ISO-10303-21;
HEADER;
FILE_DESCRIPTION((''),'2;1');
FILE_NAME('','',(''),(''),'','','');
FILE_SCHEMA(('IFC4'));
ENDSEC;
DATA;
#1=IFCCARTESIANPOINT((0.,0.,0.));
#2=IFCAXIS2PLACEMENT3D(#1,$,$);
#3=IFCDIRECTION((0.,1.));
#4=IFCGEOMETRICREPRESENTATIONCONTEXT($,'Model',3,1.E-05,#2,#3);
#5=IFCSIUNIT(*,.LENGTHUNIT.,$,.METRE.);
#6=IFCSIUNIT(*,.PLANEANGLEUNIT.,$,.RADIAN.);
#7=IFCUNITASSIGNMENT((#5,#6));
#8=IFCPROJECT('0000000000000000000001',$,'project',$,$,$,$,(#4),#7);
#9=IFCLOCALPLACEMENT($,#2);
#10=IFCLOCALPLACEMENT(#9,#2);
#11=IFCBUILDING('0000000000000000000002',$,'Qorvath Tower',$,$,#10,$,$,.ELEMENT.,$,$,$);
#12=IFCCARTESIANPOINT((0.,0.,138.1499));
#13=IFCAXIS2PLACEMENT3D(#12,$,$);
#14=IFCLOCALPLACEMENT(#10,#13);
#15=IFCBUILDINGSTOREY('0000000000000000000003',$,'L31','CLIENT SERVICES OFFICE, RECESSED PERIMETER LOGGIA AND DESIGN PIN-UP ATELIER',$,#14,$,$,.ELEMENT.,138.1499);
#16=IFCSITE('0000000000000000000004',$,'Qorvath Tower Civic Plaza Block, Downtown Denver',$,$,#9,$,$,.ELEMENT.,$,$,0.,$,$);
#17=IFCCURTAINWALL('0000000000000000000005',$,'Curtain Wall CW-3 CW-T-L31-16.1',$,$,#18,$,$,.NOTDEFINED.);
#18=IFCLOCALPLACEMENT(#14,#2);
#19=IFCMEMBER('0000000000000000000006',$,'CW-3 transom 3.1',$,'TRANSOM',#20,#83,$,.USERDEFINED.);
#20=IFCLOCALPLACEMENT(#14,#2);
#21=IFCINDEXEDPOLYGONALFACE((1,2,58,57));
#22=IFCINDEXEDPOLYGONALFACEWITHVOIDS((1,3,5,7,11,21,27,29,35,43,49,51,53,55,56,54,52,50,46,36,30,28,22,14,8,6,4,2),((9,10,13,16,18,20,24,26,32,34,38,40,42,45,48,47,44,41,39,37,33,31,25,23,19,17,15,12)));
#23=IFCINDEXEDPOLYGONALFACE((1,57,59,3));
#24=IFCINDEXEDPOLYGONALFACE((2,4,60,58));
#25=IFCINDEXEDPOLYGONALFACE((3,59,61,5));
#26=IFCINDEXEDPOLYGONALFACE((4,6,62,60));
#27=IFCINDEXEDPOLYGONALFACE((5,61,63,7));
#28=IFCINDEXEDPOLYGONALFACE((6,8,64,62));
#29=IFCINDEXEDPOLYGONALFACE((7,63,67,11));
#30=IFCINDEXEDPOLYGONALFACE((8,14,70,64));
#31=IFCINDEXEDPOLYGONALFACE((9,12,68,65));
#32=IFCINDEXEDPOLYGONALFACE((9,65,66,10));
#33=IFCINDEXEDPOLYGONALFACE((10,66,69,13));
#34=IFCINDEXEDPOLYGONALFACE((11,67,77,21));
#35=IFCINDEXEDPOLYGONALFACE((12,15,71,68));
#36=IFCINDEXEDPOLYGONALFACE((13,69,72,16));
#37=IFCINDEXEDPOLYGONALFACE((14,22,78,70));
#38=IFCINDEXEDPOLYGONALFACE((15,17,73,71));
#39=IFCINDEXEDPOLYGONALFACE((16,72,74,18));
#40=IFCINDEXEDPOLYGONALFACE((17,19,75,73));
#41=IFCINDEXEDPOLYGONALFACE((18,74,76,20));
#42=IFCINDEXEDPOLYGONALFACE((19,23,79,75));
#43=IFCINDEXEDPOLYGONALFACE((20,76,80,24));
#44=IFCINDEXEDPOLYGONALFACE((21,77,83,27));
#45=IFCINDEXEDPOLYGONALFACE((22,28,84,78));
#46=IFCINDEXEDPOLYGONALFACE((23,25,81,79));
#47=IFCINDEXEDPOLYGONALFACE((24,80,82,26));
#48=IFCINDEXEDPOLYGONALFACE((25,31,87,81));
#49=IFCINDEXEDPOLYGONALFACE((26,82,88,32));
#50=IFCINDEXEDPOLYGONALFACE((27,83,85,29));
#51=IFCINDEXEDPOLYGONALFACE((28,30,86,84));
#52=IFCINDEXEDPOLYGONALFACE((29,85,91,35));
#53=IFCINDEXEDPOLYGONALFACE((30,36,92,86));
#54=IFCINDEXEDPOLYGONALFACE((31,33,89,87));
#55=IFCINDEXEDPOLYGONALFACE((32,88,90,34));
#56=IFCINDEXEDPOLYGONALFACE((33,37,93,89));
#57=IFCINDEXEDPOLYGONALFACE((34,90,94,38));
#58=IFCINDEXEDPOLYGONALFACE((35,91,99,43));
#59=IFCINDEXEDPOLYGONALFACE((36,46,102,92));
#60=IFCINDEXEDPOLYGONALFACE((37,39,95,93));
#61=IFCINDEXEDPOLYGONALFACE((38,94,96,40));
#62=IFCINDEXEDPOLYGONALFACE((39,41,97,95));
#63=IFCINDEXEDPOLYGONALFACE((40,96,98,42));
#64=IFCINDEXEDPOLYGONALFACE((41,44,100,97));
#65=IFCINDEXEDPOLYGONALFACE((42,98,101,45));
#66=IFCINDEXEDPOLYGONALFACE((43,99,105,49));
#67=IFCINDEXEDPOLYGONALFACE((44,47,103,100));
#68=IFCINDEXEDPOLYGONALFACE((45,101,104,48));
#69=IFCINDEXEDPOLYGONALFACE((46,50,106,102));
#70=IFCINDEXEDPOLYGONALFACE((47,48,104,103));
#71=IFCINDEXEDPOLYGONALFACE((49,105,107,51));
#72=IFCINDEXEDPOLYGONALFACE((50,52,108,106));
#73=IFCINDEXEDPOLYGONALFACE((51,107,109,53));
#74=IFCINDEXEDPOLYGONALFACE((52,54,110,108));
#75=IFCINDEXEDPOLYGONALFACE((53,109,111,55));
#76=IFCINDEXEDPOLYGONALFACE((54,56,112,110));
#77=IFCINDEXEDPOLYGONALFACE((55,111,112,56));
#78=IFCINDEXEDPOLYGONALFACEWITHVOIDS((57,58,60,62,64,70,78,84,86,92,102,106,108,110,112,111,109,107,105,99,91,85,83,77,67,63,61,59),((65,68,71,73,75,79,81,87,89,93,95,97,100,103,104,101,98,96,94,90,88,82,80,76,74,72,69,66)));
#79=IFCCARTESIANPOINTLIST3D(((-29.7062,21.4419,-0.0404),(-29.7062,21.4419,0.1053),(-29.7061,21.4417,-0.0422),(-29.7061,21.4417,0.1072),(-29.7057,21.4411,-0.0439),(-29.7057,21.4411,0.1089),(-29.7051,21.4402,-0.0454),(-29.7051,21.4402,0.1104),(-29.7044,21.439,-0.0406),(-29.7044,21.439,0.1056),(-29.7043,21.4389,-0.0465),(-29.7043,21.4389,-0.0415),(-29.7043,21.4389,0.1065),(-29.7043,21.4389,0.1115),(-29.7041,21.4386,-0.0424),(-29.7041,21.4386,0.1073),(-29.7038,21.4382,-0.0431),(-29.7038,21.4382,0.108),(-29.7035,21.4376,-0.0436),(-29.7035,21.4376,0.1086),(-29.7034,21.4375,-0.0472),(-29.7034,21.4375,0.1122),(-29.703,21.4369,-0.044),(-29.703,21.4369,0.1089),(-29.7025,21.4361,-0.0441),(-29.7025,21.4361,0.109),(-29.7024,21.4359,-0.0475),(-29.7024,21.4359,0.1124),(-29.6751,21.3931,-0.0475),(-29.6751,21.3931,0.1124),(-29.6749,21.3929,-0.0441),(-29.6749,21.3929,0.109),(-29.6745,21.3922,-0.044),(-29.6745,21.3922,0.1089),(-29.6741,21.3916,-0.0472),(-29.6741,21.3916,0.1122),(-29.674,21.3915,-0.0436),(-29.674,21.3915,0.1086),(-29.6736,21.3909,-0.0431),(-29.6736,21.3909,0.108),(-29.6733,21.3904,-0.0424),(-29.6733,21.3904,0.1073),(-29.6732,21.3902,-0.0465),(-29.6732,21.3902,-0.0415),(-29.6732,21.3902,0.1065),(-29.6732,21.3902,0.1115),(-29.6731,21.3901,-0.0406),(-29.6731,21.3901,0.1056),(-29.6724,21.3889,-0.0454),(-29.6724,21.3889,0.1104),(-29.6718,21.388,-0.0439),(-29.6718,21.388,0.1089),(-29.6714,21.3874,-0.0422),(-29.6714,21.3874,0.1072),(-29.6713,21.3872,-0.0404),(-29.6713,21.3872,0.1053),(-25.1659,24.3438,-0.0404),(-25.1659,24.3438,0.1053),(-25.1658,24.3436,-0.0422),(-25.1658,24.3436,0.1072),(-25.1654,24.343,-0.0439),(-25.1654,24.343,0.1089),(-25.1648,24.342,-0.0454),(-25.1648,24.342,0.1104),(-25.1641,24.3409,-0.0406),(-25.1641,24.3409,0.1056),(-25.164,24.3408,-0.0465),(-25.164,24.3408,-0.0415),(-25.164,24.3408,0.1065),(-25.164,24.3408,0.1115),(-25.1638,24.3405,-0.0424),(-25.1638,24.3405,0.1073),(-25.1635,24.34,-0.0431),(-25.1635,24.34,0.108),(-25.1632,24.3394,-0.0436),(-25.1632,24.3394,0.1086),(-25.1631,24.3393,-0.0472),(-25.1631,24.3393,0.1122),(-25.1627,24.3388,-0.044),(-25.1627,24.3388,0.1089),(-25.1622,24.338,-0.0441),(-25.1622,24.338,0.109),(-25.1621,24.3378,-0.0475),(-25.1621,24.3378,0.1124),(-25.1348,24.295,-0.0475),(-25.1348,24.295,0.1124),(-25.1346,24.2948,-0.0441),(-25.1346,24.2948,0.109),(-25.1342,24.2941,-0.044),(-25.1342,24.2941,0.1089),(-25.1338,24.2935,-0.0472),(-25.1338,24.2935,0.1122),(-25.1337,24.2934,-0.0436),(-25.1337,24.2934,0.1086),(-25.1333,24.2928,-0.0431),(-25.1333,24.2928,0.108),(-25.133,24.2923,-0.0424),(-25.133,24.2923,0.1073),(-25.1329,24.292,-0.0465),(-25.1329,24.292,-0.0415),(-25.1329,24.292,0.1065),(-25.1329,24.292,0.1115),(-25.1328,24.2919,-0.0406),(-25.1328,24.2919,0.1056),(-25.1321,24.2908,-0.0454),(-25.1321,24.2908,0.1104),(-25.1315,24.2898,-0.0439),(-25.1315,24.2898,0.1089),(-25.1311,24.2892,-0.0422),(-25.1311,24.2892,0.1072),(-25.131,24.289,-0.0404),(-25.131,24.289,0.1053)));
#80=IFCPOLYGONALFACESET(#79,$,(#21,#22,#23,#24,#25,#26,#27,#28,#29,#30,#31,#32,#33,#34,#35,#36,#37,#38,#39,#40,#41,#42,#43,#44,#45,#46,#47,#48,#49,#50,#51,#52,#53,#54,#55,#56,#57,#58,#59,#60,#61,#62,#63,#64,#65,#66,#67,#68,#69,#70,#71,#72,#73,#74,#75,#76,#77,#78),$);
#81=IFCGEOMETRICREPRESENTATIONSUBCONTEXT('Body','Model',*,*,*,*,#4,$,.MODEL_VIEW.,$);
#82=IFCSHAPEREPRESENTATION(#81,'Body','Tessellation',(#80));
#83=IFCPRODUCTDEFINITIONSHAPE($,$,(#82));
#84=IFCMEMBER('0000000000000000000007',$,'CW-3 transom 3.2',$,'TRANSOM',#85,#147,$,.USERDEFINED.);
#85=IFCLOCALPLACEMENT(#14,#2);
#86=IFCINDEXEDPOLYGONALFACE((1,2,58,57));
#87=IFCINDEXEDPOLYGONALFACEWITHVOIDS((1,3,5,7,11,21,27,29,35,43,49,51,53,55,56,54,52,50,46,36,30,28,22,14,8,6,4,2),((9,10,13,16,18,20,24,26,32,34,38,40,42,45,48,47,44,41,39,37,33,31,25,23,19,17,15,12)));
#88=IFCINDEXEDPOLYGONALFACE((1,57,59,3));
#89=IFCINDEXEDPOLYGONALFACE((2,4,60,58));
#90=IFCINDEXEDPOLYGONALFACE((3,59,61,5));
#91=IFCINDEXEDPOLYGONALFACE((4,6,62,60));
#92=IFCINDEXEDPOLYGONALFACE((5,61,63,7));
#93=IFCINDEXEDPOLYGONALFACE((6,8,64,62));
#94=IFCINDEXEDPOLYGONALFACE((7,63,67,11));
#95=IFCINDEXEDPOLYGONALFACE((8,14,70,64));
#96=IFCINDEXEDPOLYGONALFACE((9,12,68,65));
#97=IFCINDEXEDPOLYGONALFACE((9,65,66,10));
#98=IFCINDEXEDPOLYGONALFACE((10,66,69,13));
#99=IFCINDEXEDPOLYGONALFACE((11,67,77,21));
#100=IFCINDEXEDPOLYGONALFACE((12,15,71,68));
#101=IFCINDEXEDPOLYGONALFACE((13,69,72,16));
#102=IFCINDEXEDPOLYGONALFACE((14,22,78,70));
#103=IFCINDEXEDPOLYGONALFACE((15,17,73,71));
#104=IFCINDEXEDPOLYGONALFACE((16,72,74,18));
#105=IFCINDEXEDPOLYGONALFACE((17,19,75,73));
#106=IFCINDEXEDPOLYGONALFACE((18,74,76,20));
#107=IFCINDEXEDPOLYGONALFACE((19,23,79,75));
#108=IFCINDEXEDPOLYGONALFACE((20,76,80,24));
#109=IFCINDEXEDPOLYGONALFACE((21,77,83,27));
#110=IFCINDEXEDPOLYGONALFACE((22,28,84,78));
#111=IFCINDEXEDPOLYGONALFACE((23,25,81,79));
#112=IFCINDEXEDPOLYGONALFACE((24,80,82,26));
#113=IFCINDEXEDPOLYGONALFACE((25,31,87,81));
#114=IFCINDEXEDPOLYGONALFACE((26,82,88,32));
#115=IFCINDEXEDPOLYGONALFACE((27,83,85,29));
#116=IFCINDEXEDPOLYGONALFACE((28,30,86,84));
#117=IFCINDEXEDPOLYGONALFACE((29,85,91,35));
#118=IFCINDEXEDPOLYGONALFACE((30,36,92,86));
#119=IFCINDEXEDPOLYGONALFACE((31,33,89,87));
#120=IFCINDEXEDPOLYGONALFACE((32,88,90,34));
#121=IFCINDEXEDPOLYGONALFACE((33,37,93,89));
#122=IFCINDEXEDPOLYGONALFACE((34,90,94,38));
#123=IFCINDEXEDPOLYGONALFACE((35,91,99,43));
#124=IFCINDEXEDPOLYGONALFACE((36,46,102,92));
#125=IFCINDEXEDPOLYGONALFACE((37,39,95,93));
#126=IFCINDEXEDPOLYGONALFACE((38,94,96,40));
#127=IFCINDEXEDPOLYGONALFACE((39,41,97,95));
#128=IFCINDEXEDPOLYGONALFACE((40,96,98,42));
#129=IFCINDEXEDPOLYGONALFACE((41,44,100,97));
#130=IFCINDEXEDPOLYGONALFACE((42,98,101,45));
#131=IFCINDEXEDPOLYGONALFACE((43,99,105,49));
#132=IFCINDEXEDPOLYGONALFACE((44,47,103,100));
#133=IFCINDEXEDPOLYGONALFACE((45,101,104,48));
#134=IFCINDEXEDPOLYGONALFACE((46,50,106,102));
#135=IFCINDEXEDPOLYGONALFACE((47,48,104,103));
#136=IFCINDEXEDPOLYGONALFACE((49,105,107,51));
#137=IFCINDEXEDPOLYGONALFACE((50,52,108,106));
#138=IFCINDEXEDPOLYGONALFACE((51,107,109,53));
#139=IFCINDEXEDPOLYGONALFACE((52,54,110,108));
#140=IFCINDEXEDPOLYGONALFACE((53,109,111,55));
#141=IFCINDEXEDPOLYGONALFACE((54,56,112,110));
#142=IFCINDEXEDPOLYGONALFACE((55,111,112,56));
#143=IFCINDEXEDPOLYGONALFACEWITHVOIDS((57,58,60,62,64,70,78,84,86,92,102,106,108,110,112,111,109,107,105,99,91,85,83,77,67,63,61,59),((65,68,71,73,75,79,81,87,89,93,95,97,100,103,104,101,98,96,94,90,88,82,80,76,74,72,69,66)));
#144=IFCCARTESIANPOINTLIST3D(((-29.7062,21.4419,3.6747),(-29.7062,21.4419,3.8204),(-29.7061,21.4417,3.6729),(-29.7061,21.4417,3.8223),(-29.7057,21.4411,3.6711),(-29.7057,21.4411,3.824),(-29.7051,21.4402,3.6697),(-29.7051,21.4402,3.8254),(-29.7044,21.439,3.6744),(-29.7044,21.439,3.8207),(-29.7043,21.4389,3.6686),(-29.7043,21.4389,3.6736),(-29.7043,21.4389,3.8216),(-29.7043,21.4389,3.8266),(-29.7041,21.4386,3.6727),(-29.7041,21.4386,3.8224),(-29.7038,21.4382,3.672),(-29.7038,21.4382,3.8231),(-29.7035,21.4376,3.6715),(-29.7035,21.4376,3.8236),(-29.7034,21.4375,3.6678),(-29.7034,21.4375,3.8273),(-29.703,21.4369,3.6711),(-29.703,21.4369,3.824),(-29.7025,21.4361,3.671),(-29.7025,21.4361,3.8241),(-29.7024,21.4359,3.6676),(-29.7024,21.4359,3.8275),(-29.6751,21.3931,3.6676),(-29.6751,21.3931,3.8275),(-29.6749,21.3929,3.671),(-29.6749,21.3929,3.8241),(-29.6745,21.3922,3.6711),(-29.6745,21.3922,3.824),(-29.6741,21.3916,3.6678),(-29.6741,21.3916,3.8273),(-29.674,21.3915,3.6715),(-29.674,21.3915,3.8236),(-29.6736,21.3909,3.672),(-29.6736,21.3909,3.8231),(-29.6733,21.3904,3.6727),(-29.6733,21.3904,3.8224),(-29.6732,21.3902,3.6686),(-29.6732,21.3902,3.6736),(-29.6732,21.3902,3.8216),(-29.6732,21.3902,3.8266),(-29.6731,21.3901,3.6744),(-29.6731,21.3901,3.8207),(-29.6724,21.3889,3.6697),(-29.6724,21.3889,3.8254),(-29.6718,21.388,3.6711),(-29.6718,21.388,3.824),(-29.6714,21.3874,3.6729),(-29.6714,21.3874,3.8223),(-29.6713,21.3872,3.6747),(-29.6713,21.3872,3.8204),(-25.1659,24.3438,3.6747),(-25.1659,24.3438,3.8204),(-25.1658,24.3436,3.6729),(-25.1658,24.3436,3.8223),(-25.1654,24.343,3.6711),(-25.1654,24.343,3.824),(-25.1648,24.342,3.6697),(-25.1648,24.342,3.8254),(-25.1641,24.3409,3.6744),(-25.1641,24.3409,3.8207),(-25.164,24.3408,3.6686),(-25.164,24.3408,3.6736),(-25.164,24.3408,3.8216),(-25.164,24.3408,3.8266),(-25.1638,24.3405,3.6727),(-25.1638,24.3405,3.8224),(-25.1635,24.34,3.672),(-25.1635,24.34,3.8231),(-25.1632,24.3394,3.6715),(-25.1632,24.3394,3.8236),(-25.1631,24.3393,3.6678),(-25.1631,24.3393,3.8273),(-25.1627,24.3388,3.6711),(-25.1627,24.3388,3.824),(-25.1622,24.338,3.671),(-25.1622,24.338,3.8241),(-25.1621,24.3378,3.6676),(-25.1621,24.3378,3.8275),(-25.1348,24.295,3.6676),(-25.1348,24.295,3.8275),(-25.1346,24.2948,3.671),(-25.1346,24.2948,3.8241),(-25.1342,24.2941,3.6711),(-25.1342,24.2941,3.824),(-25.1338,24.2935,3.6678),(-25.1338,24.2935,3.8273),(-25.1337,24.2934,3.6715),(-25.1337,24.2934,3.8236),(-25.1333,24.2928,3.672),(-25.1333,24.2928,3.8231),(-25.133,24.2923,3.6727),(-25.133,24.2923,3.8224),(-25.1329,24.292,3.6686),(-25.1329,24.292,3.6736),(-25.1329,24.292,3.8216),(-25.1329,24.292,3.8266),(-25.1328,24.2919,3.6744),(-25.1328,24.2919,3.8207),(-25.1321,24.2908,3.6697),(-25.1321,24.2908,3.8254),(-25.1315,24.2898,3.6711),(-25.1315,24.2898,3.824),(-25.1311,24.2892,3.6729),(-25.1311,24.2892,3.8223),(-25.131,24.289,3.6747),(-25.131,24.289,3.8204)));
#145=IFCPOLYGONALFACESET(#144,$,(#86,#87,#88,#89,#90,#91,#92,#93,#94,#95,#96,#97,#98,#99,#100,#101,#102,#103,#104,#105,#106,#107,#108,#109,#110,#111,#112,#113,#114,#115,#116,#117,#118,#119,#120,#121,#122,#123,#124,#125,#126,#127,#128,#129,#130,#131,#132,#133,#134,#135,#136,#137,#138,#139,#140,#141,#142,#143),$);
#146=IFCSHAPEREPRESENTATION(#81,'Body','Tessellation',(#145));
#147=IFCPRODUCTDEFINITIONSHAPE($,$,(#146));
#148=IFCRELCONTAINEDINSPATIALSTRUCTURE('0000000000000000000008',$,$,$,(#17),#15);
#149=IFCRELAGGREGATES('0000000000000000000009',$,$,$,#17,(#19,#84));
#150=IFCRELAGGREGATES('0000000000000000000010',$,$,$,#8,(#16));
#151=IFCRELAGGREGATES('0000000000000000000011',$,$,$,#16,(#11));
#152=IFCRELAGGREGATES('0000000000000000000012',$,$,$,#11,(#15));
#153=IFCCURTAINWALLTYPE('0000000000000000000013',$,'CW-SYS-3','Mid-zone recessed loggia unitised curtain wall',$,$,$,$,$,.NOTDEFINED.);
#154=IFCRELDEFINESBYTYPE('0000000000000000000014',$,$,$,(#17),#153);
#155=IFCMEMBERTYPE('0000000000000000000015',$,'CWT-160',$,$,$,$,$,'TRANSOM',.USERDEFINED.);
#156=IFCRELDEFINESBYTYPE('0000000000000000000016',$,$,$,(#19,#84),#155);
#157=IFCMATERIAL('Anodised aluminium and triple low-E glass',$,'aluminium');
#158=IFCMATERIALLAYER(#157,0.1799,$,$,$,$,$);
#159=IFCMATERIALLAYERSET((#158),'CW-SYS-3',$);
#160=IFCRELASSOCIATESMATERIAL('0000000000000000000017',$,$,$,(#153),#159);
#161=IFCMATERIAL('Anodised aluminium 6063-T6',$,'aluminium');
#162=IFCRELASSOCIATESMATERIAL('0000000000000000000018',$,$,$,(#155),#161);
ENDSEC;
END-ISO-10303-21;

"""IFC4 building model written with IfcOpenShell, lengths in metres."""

from ifc_helpers import new_model, si_unit, direction, frame, origin, origin_2d, place, context, subcontext, project, spatial, hollow_rectangle, extrude, material, layer, layer_set, material_profile, profile_set, type_object, element, aggregate, save


model = new_model("IFC4")

# Units and contexts
model_context = context("Model", 3, precision=1e-05, world=origin(), true_north=direction((0.0, 1.0)))
body_context = subcontext(model_context, "Body", "Model", "MODEL_VIEW")
ifc_project = project(units=[si_unit("LENGTHUNIT", "METRE"), si_unit("PLANEANGLEUNIT", "RADIAN")], contexts=[model_context])

# Site, building, storey
site_placement = place(None, origin())
site = spatial("IfcSite", under=ifc_project, at=site_placement, Name="Qorvath Tower Civic Plaza Block, Downtown Denver", CompositionType="ELEMENT", RefElevation=0.0)
building_placement = place(site_placement, origin())
building = spatial("IfcBuilding", under=site, at=building_placement, Name="Qorvath Tower", CompositionType="ELEMENT")
storey_placement = place(building_placement, frame((0.0, 0.0, 138.1499)))
storey = spatial("IfcBuildingStorey", under=building, at=storey_placement, Name="L31", Description="CLIENT SERVICES OFFICE, RECESSED PERIMETER LOGGIA AND DESIGN PIN-UP ATELIER", CompositionType="ELEMENT", Elevation=138.1499)

# Curtain wall, members
ifc_material_1 = material(Name="Anodised aluminium and triple low-E glass", Category="aluminium")
ifc_layer_1 = layer(ifc_material_1, 0.1799)
ifc_layer_set_1 = layer_set([ifc_layer_1], Name="CW-SYS-3")
curtain_wall_type = type_object("IfcCurtainWallType", Name="CW-SYS-3", Description="Mid-zone recessed loggia unitised curtain wall", PredefinedType="NOTDEFINED", material=ifc_layer_set_1)
curtain_wall_placement = place(storey_placement, origin())
curtain_wall = element("IfcCurtainWall", 1, at=curtain_wall_placement, inside=storey, type_object=curtain_wall_type, Name="Curtain Wall CW-3 CW-T-L31-16.1", PredefinedType="NOTDEFINED")
ifc_material_2 = material(Name="Anodised aluminium 6063-T6", Category="aluminium")
ifc_material_profile_1 = material_profile(ifc_material_2, hollow_rectangle(XDim=0.0649, YDim=0.1599, WallThickness=0.0034, InnerFilletRadius=0.0034, OuterFilletRadius=0.0071, at=origin_2d()), Name="CWT 160x65")
ifc_profile_set_1 = profile_set([ifc_material_profile_1], Name="Anodised aluminium 6063-T6")
member_type_1 = type_object("IfcMemberType", Name="CWT-160", ElementType="TRANSOM", PredefinedType="USERDEFINED", material=ifc_profile_set_1)
member_1_placement = place(storey_placement, frame((-25.1484, 24.3164, 0.0325), z_axis=(-0.842602, -0.538537, 0.0), x_axis=(0.538537, -0.842602, 0.0)))
member_1 = element("IfcMember", 2, at=member_1_placement, type_object=member_type_1, Name="CW-3 transom 3.1", ObjectType="TRANSOM", PredefinedType="USERDEFINED", context=body_context, shape_type="SweptSolid", body=[
    extrude(hollow_rectangle(XDim=0.0649, YDim=0.1599, WallThickness=0.0034, InnerFilletRadius=0.0034, OuterFilletRadius=0.0071, at=origin_2d()), origin(), (0.0, 0.0, 1.0), 5.3884),
])
member_2_placement = place(storey_placement, frame((-25.1484, 24.3164, 3.7476), z_axis=(-0.842602, -0.538537, 0.0), x_axis=(0.538537, -0.842602, 0.0)))
member_2 = element("IfcMember", 3, at=member_2_placement, type_object=member_type_1, Name="CW-3 transom 3.2", ObjectType="TRANSOM", PredefinedType="USERDEFINED", context=body_context, shape_type="SweptSolid", body=[
    extrude(hollow_rectangle(XDim=0.0649, YDim=0.1599, WallThickness=0.0034, InnerFilletRadius=0.0034, OuterFilletRadius=0.0071, at=origin_2d()), origin(), (0.0, 0.0, 1.0), 5.3884),
])
aggregate(curtain_wall, [member_1, member_2])

save(model, "model.ifc")
